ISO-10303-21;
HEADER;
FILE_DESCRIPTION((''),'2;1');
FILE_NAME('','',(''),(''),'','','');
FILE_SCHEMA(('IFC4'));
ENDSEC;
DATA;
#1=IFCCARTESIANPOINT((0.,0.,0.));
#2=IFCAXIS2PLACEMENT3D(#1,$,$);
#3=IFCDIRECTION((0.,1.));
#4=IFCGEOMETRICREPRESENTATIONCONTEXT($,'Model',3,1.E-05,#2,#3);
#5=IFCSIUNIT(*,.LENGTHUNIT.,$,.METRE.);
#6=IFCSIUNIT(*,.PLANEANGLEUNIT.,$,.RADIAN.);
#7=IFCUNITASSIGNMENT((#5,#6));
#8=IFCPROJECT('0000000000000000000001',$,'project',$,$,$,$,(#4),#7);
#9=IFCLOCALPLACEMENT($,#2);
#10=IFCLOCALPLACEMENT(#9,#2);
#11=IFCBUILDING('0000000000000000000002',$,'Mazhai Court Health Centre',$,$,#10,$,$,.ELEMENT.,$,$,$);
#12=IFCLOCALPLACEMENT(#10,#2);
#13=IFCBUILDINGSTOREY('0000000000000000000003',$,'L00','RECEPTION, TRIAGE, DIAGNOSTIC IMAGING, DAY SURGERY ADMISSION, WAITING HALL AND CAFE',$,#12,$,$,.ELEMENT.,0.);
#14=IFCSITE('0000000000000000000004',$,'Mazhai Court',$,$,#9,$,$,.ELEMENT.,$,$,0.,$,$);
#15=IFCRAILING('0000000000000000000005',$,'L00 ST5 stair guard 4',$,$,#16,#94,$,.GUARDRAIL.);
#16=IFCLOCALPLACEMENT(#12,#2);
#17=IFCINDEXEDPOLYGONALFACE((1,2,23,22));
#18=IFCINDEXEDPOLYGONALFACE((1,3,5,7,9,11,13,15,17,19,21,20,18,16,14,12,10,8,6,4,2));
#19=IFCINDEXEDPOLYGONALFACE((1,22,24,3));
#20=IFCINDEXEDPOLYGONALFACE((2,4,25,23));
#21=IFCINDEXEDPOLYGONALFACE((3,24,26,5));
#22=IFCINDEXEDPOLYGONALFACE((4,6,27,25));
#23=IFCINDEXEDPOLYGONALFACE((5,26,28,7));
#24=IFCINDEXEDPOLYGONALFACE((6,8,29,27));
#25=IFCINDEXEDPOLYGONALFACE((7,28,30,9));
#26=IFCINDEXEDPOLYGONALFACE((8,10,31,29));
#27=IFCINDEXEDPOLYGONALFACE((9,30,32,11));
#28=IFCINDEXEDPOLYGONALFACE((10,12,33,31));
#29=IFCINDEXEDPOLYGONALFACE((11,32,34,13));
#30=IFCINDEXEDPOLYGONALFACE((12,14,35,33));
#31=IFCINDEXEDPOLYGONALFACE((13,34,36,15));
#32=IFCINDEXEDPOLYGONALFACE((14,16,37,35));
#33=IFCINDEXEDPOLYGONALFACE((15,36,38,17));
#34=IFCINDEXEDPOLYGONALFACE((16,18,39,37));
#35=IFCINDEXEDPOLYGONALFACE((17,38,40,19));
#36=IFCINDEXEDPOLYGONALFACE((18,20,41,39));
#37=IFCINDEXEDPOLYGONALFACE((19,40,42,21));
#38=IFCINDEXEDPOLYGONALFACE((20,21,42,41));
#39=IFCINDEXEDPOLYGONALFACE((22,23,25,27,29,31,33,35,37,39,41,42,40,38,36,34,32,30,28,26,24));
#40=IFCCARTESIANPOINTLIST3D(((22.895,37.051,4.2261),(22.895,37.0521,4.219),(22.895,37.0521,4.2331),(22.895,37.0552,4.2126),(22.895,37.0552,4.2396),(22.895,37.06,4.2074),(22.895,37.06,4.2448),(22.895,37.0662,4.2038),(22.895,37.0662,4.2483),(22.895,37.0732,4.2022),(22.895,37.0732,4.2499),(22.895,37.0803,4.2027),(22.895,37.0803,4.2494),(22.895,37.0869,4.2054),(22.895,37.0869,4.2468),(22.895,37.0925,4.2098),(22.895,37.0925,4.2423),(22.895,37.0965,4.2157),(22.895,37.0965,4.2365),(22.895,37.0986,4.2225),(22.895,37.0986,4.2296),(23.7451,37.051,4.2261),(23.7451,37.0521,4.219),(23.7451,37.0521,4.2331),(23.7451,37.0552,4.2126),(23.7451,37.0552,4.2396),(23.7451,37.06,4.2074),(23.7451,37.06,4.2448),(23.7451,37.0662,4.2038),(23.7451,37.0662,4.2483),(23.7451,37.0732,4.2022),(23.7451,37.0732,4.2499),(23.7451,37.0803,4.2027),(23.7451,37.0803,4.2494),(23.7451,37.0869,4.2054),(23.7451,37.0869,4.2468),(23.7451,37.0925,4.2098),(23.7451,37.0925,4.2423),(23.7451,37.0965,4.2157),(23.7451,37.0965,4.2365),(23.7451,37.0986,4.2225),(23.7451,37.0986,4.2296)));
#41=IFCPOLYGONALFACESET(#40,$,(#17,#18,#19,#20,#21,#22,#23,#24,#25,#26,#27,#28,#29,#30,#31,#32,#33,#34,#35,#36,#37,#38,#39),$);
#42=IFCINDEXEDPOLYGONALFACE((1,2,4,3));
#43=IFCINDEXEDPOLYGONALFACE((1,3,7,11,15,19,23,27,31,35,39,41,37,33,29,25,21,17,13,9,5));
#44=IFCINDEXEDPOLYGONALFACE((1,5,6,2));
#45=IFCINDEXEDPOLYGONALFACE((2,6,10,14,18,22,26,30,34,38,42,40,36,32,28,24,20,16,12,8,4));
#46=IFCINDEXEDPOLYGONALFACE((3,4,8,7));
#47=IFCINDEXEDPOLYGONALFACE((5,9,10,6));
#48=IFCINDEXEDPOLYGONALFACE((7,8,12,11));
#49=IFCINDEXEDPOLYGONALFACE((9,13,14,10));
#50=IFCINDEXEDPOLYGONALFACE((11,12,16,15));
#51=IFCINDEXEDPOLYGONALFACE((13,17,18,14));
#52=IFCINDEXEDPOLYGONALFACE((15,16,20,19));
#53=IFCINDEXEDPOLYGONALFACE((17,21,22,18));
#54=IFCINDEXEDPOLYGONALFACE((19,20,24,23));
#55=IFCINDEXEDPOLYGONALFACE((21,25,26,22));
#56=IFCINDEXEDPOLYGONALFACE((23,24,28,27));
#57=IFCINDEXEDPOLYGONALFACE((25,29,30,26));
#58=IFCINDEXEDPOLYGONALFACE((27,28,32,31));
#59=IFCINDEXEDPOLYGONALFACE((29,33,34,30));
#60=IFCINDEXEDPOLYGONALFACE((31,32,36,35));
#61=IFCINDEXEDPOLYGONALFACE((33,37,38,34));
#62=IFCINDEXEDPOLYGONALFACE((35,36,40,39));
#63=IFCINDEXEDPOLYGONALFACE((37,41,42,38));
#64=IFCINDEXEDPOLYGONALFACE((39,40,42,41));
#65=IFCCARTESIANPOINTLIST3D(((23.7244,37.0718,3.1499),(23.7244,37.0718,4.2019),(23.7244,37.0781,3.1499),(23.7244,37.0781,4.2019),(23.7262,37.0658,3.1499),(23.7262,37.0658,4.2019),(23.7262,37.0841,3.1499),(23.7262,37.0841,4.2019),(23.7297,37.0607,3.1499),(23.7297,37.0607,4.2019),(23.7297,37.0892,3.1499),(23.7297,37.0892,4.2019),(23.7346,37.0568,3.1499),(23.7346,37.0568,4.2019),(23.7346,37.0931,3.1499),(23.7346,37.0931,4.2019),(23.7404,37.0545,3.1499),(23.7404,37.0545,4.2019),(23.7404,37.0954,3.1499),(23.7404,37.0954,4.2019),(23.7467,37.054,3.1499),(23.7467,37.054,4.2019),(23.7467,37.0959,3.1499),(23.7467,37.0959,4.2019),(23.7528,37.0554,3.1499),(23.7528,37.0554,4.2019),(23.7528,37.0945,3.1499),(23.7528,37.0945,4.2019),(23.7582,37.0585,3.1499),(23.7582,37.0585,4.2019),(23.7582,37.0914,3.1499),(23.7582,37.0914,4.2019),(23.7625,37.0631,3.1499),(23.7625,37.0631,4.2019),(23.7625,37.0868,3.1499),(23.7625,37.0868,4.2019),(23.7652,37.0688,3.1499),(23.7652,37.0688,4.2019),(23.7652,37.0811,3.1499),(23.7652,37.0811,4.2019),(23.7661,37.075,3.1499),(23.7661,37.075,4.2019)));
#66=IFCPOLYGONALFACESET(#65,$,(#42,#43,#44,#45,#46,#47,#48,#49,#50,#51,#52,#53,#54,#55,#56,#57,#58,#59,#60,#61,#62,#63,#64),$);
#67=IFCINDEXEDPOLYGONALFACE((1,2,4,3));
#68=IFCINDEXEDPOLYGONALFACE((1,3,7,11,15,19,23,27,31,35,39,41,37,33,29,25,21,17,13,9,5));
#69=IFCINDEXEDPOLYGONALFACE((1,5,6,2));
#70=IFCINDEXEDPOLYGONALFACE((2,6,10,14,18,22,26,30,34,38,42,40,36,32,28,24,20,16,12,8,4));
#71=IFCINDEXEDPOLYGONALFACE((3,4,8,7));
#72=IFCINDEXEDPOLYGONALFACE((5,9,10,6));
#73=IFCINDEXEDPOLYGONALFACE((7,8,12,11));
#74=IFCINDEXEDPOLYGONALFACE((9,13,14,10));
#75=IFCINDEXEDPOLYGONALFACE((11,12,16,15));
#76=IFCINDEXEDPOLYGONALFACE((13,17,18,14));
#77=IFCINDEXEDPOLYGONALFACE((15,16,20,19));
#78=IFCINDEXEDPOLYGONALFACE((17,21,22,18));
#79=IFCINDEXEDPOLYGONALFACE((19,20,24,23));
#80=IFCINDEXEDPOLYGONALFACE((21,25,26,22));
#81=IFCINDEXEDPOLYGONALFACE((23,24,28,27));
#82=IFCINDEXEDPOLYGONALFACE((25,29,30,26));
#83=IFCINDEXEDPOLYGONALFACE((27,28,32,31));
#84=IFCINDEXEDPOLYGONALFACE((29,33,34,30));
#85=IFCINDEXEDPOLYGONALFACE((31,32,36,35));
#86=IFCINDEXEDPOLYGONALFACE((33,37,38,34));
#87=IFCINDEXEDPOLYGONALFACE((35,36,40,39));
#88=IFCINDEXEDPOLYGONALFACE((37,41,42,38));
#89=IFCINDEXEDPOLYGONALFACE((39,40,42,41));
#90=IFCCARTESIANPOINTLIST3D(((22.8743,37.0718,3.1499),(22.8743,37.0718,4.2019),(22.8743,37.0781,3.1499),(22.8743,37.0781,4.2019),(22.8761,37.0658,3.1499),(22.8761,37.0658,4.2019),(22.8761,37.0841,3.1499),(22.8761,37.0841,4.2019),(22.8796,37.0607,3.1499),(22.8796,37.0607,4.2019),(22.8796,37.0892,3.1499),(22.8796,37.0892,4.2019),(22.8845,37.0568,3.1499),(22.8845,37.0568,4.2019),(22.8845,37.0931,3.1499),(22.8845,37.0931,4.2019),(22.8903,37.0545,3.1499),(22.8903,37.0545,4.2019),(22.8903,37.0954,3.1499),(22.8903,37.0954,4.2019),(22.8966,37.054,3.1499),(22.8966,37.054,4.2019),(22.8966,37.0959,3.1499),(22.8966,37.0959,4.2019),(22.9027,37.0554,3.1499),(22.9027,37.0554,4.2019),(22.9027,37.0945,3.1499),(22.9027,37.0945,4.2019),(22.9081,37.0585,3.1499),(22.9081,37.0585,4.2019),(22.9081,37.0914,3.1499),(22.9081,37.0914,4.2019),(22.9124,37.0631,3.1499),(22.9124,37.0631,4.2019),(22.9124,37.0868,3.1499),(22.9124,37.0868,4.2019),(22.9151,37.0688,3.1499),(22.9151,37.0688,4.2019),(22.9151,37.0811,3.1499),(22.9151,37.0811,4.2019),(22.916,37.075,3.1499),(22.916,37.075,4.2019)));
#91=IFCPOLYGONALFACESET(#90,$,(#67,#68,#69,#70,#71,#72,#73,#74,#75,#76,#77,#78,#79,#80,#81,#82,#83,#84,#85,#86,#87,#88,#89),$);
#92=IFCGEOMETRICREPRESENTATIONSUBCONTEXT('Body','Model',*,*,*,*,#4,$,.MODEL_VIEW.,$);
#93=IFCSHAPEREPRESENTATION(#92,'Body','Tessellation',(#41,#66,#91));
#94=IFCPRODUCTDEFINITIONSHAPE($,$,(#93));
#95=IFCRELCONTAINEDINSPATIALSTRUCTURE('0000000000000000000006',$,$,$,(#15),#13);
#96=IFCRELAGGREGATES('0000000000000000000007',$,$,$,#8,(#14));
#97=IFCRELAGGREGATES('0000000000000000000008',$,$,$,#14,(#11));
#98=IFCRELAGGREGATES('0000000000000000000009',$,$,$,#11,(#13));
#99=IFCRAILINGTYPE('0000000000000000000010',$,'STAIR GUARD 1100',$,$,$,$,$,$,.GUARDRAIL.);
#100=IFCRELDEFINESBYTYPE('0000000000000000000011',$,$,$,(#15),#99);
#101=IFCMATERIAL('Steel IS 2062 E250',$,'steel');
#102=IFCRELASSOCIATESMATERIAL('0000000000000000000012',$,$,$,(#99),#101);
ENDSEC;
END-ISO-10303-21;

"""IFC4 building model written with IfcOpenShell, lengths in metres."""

from ifc_helpers import new_model, si_unit, direction, frame, origin, origin_2d, place, context, subcontext, project, spatial, circle, extrude, material, type_object, element, save


model = new_model("IFC4")

# Units and contexts
model_context = context("Model", 3, precision=1e-05, world=origin(), true_north=direction((0.0, 1.0)))
body_context = subcontext(model_context, "Body", "Model", "MODEL_VIEW")
ifc_project = project(units=[si_unit("LENGTHUNIT", "METRE"), si_unit("PLANEANGLEUNIT", "RADIAN")], contexts=[model_context])

# Site, building, storey
site_placement = place(None, origin())
site = spatial("IfcSite", under=ifc_project, at=site_placement, Name="Mazhai Court", CompositionType="ELEMENT", RefElevation=0.0)
building_placement = place(site_placement, origin())
building = spatial("IfcBuilding", under=site, at=building_placement, Name="Mazhai Court Health Centre", CompositionType="ELEMENT")
storey_placement = place(building_placement, origin())
storey = spatial("IfcBuildingStorey", under=building, at=storey_placement, Name="L00", Description="RECEPTION, TRIAGE, DIAGNOSTIC IMAGING, DAY SURGERY ADMISSION, WAITING HALL AND CAFE", CompositionType="ELEMENT", Elevation=0.0)

# Railing
ifc_material_1 = material(Name="Steel IS 2062 E250", Category="steel")
railing_type_1 = type_object("IfcRailingType", Name="STAIR GUARD 1100", PredefinedType="GUARDRAIL", material=ifc_material_1)
railing_1_placement = place(storey_placement, frame((23.7451, 37.075, 3.1499)))
element("IfcRailing", 1, at=railing_1_placement, inside=storey, type_object=railing_type_1, Name="L00 ST5 stair guard 4", PredefinedType="GUARDRAIL", context=body_context, shape_type="SweptSolid", body=[
    extrude(circle(Radius=0.0239, at=origin_2d()), frame((0.0, 0.0, 1.0762), z_axis=(-1.0, 0.0, 0.0), x_axis=(0.0, -1.0, 0.0)), (0.0, 0.0, 1.0), 0.8501),
    extrude(circle(Radius=0.021, at=origin_2d()), origin(), (0.0, 0.0, 1.0), 1.052),
    extrude(circle(Radius=0.021, at=origin_2d()), frame((-0.8501, 0.0, 0.0)), (0.0, 0.0, 1.0), 1.052),
])

save(model, "model.ifc")
